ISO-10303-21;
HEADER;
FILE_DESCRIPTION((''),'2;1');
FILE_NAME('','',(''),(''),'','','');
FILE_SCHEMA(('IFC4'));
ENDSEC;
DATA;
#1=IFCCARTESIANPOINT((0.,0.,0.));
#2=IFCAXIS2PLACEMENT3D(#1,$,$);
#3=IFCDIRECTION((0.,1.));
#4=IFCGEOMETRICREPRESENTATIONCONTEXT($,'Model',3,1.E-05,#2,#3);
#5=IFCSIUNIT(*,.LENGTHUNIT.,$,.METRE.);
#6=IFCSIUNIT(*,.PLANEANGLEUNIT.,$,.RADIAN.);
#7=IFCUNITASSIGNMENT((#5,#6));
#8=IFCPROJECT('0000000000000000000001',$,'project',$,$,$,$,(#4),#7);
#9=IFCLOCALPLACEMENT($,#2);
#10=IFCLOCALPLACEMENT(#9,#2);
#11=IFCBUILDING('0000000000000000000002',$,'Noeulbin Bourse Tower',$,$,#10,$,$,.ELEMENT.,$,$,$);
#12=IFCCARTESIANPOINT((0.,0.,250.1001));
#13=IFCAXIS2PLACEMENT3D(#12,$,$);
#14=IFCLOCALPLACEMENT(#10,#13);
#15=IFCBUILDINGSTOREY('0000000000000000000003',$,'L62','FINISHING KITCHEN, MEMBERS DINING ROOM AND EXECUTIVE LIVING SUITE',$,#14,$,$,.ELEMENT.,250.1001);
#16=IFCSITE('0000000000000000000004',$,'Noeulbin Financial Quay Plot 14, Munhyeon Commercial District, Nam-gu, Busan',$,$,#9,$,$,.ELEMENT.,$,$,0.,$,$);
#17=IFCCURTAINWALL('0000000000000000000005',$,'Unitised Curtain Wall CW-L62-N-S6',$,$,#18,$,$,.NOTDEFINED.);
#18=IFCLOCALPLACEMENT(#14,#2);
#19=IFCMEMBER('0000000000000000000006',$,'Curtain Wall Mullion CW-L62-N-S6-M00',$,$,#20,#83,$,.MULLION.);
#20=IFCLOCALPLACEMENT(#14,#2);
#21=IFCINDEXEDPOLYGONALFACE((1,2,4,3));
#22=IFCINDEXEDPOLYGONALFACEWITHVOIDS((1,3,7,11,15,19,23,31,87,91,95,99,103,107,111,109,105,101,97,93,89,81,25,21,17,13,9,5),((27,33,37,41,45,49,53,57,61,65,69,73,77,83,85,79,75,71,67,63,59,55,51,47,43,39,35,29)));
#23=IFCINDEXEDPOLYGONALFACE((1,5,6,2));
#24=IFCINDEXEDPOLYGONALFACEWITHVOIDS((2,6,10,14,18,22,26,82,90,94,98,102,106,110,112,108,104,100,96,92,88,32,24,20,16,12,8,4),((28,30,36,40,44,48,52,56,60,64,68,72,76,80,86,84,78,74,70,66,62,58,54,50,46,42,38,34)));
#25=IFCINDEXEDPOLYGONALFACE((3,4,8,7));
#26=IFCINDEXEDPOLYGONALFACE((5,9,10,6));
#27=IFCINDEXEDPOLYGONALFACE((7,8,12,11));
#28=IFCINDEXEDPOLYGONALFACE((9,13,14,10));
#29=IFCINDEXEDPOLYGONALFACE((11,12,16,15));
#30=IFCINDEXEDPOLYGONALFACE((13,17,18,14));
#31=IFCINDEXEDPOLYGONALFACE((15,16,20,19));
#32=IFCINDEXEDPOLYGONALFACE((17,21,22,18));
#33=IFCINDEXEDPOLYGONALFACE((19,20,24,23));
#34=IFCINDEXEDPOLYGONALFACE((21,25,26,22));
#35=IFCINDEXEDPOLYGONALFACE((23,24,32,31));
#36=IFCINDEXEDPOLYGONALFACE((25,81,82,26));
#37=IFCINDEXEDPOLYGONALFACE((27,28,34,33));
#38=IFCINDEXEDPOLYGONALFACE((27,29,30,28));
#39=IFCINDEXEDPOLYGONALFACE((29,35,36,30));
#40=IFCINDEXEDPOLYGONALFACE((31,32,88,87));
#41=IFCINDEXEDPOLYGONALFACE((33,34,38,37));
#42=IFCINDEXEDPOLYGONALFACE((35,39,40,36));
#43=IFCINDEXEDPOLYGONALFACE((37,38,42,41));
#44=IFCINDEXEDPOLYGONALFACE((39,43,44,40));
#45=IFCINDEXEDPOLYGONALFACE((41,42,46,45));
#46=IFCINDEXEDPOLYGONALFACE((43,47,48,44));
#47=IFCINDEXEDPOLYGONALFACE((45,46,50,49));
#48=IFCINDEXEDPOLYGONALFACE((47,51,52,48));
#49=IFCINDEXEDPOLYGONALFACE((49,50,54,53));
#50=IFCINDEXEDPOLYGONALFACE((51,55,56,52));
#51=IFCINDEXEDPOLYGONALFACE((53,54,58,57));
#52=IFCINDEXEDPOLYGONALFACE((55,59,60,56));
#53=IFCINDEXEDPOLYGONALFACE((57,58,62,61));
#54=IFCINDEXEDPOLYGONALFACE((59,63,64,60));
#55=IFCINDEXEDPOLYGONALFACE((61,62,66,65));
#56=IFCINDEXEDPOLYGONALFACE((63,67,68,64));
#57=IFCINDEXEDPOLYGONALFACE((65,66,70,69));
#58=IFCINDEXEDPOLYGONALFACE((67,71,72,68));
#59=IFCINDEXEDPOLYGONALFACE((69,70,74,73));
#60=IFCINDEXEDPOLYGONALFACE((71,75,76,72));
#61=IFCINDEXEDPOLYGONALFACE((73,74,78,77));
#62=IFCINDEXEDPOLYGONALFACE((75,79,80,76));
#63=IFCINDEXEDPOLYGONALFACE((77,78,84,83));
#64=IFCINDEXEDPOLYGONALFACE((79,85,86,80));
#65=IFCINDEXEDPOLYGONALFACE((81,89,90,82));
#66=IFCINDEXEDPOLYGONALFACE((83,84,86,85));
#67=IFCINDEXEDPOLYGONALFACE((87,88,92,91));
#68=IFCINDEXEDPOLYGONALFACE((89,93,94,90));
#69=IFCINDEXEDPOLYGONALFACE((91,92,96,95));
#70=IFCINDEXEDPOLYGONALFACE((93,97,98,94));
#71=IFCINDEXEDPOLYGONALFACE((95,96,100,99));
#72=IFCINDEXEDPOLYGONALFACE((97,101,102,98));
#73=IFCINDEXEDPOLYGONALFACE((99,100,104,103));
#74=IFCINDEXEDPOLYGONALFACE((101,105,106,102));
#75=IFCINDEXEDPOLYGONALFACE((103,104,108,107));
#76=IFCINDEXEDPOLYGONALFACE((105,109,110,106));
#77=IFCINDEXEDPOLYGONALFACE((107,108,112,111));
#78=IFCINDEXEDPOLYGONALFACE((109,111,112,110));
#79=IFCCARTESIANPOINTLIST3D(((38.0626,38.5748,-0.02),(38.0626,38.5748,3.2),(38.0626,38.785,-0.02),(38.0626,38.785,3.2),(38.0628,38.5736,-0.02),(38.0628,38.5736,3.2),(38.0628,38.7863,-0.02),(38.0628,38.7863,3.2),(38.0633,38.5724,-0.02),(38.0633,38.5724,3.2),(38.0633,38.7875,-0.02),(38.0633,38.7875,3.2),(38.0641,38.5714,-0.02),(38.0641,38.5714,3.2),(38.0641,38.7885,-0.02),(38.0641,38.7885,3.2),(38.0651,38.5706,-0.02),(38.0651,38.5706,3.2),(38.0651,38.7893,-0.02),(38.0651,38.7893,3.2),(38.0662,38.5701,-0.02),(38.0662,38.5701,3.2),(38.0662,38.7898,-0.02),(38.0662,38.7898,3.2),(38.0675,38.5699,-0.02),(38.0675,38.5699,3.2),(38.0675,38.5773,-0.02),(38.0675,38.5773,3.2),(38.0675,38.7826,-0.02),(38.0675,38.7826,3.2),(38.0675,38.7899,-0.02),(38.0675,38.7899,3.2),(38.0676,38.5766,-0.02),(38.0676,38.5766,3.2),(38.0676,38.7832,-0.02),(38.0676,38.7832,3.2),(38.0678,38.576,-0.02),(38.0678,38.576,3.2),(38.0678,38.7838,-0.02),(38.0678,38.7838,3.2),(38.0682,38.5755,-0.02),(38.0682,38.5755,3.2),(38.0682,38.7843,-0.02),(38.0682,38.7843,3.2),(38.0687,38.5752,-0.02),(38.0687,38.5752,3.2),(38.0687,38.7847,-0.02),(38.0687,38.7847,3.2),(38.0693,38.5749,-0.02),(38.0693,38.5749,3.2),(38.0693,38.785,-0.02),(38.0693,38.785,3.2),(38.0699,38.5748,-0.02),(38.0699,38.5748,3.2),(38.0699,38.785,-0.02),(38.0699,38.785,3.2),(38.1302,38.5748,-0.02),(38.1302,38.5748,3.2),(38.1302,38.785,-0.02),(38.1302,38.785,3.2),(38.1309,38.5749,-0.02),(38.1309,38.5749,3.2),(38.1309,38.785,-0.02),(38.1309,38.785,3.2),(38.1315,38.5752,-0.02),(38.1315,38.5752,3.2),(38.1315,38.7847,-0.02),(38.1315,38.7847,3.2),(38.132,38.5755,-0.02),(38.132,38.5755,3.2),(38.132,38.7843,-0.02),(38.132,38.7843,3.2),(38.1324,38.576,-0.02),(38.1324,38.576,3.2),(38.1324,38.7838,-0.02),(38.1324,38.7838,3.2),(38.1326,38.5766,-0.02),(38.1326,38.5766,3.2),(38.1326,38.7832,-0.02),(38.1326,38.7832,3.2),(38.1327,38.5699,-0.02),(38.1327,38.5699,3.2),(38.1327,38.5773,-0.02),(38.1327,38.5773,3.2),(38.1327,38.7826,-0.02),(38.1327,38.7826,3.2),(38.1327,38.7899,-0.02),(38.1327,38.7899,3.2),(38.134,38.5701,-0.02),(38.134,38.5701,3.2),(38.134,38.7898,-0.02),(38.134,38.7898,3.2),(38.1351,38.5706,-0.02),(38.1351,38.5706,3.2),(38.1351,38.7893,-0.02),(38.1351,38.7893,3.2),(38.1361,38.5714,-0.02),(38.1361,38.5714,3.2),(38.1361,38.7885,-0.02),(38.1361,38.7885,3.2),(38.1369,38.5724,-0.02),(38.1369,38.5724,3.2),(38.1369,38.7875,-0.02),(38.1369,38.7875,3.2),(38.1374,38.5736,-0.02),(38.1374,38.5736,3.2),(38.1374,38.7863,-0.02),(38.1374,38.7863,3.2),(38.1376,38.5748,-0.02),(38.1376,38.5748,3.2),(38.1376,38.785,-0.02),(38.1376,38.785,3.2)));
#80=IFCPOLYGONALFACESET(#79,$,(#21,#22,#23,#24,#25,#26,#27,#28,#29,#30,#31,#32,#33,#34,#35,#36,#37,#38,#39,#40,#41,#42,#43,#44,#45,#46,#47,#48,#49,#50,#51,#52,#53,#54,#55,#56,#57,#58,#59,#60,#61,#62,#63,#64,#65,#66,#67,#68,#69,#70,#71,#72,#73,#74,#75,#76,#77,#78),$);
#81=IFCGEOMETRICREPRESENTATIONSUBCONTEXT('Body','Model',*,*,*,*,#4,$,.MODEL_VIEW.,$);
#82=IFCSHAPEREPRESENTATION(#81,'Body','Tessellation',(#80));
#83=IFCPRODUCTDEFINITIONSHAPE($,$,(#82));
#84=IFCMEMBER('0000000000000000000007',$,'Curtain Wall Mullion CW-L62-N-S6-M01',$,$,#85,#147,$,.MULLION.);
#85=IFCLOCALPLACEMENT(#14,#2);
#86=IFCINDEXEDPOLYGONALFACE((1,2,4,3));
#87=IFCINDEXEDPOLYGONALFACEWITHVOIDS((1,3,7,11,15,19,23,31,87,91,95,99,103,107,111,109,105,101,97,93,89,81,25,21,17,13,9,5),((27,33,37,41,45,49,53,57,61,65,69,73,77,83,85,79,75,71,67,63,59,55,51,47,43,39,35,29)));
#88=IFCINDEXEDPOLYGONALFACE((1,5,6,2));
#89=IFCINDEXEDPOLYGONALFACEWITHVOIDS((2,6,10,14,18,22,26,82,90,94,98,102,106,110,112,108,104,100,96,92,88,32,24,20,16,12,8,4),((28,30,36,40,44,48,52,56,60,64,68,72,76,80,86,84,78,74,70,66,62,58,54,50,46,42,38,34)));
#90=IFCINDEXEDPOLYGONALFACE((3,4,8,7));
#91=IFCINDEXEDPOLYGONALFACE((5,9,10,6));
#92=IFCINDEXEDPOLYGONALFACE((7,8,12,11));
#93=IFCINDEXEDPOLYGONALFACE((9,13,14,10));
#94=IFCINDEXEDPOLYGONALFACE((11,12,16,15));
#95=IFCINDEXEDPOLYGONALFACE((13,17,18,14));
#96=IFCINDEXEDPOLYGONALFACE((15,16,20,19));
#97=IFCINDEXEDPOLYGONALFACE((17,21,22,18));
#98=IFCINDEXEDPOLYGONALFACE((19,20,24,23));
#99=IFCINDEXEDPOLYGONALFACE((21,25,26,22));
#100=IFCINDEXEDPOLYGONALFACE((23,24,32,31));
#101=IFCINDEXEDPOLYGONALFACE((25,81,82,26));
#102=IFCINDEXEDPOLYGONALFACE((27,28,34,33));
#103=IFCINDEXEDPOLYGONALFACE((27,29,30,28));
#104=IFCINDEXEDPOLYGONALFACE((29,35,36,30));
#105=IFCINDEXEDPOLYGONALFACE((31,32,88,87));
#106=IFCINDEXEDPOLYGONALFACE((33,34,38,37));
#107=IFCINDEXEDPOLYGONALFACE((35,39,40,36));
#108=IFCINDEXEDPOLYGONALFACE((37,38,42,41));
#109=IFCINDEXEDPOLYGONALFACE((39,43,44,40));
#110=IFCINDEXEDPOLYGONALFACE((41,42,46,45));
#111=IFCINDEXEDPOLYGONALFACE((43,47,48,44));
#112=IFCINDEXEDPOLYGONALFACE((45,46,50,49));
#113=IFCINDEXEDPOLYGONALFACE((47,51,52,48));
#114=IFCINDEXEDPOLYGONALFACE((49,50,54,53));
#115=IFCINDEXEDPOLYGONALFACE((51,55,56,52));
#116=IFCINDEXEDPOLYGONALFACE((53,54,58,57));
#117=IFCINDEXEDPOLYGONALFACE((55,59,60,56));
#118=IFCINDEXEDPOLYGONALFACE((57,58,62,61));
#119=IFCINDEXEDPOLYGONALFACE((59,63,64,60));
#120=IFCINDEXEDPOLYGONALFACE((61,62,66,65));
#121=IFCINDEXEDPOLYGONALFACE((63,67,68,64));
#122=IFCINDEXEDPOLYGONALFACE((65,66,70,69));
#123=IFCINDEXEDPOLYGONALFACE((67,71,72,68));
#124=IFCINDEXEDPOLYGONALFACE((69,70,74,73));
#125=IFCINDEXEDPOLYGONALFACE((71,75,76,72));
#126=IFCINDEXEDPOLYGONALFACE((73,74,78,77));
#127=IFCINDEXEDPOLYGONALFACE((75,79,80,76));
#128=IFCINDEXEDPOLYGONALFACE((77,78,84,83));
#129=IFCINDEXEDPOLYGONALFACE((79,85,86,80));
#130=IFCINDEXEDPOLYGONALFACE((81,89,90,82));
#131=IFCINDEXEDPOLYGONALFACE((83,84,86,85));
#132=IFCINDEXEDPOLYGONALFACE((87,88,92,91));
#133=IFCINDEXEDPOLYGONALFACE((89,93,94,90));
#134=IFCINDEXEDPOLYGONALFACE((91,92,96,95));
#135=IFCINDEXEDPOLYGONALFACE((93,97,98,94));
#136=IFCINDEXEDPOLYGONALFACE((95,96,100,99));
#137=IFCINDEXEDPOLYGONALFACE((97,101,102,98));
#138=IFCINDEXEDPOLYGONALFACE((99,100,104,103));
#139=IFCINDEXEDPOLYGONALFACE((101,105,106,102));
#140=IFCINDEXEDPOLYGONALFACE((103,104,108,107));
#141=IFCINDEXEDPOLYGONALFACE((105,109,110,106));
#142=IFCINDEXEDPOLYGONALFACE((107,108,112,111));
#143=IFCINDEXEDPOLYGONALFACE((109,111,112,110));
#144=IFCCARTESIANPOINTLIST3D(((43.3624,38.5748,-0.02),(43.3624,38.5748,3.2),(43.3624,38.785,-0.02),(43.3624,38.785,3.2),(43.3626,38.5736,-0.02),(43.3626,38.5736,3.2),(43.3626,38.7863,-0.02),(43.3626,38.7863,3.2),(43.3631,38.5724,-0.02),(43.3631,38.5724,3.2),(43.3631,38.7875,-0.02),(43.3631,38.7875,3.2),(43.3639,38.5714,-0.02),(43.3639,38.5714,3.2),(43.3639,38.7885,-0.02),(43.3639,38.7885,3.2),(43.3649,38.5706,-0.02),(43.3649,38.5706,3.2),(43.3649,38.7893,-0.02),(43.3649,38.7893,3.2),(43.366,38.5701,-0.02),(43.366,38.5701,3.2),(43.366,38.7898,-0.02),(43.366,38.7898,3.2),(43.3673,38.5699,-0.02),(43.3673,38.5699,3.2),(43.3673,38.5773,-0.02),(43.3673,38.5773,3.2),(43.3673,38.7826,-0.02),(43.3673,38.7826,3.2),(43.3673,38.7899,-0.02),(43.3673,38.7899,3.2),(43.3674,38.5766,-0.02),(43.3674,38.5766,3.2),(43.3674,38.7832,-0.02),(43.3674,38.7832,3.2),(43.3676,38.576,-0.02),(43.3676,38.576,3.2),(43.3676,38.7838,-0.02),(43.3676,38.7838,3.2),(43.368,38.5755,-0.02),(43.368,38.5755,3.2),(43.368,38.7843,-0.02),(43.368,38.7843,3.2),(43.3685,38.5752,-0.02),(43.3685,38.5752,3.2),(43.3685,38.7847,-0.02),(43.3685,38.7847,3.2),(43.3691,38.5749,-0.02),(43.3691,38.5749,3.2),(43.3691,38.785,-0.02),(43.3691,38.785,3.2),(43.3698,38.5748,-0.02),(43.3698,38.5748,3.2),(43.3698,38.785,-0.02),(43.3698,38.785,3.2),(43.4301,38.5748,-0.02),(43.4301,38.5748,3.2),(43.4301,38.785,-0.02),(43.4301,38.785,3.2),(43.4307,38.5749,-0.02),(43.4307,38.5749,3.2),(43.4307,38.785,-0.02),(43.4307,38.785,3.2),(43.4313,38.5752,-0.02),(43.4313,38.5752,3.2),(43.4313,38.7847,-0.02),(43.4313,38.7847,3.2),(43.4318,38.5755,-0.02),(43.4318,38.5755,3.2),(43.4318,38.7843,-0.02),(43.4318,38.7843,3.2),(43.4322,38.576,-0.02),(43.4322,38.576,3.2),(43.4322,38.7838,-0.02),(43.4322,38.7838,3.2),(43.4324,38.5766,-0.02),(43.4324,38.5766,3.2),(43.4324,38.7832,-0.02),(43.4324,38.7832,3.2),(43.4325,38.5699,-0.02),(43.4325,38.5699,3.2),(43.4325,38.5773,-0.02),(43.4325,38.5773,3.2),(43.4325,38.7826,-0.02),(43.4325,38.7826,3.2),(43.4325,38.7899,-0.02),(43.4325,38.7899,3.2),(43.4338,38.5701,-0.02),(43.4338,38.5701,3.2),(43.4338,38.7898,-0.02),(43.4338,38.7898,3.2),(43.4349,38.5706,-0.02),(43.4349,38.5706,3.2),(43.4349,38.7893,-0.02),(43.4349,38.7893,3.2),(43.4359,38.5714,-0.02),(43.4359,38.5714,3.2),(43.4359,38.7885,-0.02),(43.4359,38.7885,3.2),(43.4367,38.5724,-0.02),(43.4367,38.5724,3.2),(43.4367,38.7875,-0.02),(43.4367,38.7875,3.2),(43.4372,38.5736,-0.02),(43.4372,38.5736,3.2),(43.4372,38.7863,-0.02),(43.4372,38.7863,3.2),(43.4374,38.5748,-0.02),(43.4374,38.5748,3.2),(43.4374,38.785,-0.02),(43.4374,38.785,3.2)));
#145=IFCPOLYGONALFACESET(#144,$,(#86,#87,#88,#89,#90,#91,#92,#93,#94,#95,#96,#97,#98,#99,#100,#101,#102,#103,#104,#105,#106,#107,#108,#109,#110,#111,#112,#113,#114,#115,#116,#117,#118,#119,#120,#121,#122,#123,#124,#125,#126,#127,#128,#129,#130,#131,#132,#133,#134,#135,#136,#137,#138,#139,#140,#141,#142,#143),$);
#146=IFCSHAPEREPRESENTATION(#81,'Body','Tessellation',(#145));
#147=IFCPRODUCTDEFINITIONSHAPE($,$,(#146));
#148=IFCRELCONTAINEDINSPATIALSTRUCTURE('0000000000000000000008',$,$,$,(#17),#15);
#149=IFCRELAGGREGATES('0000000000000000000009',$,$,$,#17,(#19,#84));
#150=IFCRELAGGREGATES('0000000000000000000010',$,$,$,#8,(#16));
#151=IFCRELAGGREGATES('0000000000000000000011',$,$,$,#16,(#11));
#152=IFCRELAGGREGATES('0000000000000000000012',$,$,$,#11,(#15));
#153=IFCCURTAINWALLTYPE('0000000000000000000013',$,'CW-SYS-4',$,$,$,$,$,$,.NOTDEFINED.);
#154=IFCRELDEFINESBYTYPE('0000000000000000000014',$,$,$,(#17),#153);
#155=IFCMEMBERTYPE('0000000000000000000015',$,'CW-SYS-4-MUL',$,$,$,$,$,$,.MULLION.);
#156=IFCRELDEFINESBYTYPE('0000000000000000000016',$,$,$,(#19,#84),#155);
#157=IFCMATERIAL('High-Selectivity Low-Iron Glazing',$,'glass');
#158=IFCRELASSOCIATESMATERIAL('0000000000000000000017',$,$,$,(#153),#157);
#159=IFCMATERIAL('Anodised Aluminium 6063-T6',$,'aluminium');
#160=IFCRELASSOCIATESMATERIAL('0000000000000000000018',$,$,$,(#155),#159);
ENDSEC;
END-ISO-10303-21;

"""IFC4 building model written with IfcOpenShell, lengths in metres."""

from ifc_helpers import new_model, si_unit, direction, frame, origin, origin_2d, place, context, subcontext, project, spatial, hollow_rectangle, extrude, material, material_profile, profile_set, type_object, element, aggregate, save


model = new_model("IFC4")

# Units and contexts
model_context = context("Model", 3, precision=1e-05, world=origin(), true_north=direction((0.0, 1.0)))
body_context = subcontext(model_context, "Body", "Model", "MODEL_VIEW")
ifc_project = project(units=[si_unit("LENGTHUNIT", "METRE"), si_unit("PLANEANGLEUNIT", "RADIAN")], contexts=[model_context])

# Site, building, storey
site_placement = place(None, origin())
site = spatial("IfcSite", under=ifc_project, at=site_placement, Name="Noeulbin Financial Quay Plot 14, Munhyeon Commercial District, Nam-gu, Busan", CompositionType="ELEMENT", RefElevation=0.0)
building_placement = place(site_placement, origin())
building = spatial("IfcBuilding", under=site, at=building_placement, Name="Noeulbin Bourse Tower", CompositionType="ELEMENT")
storey_placement = place(building_placement, frame((0.0, 0.0, 250.1001)))
storey = spatial("IfcBuildingStorey", under=building, at=storey_placement, Name="L62", Description="FINISHING KITCHEN, MEMBERS DINING ROOM AND EXECUTIVE LIVING SUITE", CompositionType="ELEMENT", Elevation=250.1001)

# Curtain wall, members
ifc_material_1 = material(Name="High-Selectivity Low-Iron Glazing", Category="glass")
curtain_wall_type = type_object("IfcCurtainWallType", Name="CW-SYS-4", PredefinedType="NOTDEFINED", material=ifc_material_1)
curtain_wall_1_placement = place(storey_placement, origin())
curtain_wall_1 = element("IfcCurtainWall", 1, at=curtain_wall_1_placement, inside=storey, type_object=curtain_wall_type, Name="Unitised Curtain Wall CW-L62-N-S6", PredefinedType="NOTDEFINED")
ifc_material_2 = material(Name="Anodised Aluminium 6063-T6", Category="aluminium")
ifc_material_profile_1 = material_profile(ifc_material_2, hollow_rectangle(XDim=0.075, YDim=0.22, WallThickness=0.0049, InnerFilletRadius=0.0024, OuterFilletRadius=0.0049, at=origin_2d()), Name="ALU-MULL-75x220x5", Category="LoadBearing")
ifc_profile_set_1 = profile_set([ifc_material_profile_1], Name="Anodised Aluminium 6063-T6")
member_type_1 = type_object("IfcMemberType", Name="CW-SYS-4-MUL", PredefinedType="MULLION", material=ifc_profile_set_1)
member_1_placement = place(storey_placement, frame((38.1001, 38.6799, -0.02), z_axis=(0.0, 0.0, 1.0), x_axis=(1.0, 0.0, 0.0)))
member_1 = element("IfcMember", 2, at=member_1_placement, type_object=member_type_1, Name="Curtain Wall Mullion CW-L62-N-S6-M00", PredefinedType="MULLION", context=body_context, shape_type="SweptSolid", body=[
    extrude(hollow_rectangle(XDim=0.075, YDim=0.22, WallThickness=0.0049, InnerFilletRadius=0.0024, OuterFilletRadius=0.0049, at=origin_2d()), origin(), (0.0, 0.0, 1.0), 3.22),
])
member_2_placement = place(storey_placement, frame((43.3999, 38.6799, -0.02), z_axis=(0.0, 0.0, 1.0), x_axis=(1.0, 0.0, 0.0)))
member_2 = element("IfcMember", 3, at=member_2_placement, type_object=member_type_1, Name="Curtain Wall Mullion CW-L62-N-S6-M01", PredefinedType="MULLION", context=body_context, shape_type="SweptSolid", body=[
    extrude(hollow_rectangle(XDim=0.075, YDim=0.22, WallThickness=0.0049, InnerFilletRadius=0.0024, OuterFilletRadius=0.0049, at=origin_2d()), origin(), (0.0, 0.0, 1.0), 3.22),
])

aggregate(curtain_wall_1, [member_1, member_2])

save(model, "model.ifc")
